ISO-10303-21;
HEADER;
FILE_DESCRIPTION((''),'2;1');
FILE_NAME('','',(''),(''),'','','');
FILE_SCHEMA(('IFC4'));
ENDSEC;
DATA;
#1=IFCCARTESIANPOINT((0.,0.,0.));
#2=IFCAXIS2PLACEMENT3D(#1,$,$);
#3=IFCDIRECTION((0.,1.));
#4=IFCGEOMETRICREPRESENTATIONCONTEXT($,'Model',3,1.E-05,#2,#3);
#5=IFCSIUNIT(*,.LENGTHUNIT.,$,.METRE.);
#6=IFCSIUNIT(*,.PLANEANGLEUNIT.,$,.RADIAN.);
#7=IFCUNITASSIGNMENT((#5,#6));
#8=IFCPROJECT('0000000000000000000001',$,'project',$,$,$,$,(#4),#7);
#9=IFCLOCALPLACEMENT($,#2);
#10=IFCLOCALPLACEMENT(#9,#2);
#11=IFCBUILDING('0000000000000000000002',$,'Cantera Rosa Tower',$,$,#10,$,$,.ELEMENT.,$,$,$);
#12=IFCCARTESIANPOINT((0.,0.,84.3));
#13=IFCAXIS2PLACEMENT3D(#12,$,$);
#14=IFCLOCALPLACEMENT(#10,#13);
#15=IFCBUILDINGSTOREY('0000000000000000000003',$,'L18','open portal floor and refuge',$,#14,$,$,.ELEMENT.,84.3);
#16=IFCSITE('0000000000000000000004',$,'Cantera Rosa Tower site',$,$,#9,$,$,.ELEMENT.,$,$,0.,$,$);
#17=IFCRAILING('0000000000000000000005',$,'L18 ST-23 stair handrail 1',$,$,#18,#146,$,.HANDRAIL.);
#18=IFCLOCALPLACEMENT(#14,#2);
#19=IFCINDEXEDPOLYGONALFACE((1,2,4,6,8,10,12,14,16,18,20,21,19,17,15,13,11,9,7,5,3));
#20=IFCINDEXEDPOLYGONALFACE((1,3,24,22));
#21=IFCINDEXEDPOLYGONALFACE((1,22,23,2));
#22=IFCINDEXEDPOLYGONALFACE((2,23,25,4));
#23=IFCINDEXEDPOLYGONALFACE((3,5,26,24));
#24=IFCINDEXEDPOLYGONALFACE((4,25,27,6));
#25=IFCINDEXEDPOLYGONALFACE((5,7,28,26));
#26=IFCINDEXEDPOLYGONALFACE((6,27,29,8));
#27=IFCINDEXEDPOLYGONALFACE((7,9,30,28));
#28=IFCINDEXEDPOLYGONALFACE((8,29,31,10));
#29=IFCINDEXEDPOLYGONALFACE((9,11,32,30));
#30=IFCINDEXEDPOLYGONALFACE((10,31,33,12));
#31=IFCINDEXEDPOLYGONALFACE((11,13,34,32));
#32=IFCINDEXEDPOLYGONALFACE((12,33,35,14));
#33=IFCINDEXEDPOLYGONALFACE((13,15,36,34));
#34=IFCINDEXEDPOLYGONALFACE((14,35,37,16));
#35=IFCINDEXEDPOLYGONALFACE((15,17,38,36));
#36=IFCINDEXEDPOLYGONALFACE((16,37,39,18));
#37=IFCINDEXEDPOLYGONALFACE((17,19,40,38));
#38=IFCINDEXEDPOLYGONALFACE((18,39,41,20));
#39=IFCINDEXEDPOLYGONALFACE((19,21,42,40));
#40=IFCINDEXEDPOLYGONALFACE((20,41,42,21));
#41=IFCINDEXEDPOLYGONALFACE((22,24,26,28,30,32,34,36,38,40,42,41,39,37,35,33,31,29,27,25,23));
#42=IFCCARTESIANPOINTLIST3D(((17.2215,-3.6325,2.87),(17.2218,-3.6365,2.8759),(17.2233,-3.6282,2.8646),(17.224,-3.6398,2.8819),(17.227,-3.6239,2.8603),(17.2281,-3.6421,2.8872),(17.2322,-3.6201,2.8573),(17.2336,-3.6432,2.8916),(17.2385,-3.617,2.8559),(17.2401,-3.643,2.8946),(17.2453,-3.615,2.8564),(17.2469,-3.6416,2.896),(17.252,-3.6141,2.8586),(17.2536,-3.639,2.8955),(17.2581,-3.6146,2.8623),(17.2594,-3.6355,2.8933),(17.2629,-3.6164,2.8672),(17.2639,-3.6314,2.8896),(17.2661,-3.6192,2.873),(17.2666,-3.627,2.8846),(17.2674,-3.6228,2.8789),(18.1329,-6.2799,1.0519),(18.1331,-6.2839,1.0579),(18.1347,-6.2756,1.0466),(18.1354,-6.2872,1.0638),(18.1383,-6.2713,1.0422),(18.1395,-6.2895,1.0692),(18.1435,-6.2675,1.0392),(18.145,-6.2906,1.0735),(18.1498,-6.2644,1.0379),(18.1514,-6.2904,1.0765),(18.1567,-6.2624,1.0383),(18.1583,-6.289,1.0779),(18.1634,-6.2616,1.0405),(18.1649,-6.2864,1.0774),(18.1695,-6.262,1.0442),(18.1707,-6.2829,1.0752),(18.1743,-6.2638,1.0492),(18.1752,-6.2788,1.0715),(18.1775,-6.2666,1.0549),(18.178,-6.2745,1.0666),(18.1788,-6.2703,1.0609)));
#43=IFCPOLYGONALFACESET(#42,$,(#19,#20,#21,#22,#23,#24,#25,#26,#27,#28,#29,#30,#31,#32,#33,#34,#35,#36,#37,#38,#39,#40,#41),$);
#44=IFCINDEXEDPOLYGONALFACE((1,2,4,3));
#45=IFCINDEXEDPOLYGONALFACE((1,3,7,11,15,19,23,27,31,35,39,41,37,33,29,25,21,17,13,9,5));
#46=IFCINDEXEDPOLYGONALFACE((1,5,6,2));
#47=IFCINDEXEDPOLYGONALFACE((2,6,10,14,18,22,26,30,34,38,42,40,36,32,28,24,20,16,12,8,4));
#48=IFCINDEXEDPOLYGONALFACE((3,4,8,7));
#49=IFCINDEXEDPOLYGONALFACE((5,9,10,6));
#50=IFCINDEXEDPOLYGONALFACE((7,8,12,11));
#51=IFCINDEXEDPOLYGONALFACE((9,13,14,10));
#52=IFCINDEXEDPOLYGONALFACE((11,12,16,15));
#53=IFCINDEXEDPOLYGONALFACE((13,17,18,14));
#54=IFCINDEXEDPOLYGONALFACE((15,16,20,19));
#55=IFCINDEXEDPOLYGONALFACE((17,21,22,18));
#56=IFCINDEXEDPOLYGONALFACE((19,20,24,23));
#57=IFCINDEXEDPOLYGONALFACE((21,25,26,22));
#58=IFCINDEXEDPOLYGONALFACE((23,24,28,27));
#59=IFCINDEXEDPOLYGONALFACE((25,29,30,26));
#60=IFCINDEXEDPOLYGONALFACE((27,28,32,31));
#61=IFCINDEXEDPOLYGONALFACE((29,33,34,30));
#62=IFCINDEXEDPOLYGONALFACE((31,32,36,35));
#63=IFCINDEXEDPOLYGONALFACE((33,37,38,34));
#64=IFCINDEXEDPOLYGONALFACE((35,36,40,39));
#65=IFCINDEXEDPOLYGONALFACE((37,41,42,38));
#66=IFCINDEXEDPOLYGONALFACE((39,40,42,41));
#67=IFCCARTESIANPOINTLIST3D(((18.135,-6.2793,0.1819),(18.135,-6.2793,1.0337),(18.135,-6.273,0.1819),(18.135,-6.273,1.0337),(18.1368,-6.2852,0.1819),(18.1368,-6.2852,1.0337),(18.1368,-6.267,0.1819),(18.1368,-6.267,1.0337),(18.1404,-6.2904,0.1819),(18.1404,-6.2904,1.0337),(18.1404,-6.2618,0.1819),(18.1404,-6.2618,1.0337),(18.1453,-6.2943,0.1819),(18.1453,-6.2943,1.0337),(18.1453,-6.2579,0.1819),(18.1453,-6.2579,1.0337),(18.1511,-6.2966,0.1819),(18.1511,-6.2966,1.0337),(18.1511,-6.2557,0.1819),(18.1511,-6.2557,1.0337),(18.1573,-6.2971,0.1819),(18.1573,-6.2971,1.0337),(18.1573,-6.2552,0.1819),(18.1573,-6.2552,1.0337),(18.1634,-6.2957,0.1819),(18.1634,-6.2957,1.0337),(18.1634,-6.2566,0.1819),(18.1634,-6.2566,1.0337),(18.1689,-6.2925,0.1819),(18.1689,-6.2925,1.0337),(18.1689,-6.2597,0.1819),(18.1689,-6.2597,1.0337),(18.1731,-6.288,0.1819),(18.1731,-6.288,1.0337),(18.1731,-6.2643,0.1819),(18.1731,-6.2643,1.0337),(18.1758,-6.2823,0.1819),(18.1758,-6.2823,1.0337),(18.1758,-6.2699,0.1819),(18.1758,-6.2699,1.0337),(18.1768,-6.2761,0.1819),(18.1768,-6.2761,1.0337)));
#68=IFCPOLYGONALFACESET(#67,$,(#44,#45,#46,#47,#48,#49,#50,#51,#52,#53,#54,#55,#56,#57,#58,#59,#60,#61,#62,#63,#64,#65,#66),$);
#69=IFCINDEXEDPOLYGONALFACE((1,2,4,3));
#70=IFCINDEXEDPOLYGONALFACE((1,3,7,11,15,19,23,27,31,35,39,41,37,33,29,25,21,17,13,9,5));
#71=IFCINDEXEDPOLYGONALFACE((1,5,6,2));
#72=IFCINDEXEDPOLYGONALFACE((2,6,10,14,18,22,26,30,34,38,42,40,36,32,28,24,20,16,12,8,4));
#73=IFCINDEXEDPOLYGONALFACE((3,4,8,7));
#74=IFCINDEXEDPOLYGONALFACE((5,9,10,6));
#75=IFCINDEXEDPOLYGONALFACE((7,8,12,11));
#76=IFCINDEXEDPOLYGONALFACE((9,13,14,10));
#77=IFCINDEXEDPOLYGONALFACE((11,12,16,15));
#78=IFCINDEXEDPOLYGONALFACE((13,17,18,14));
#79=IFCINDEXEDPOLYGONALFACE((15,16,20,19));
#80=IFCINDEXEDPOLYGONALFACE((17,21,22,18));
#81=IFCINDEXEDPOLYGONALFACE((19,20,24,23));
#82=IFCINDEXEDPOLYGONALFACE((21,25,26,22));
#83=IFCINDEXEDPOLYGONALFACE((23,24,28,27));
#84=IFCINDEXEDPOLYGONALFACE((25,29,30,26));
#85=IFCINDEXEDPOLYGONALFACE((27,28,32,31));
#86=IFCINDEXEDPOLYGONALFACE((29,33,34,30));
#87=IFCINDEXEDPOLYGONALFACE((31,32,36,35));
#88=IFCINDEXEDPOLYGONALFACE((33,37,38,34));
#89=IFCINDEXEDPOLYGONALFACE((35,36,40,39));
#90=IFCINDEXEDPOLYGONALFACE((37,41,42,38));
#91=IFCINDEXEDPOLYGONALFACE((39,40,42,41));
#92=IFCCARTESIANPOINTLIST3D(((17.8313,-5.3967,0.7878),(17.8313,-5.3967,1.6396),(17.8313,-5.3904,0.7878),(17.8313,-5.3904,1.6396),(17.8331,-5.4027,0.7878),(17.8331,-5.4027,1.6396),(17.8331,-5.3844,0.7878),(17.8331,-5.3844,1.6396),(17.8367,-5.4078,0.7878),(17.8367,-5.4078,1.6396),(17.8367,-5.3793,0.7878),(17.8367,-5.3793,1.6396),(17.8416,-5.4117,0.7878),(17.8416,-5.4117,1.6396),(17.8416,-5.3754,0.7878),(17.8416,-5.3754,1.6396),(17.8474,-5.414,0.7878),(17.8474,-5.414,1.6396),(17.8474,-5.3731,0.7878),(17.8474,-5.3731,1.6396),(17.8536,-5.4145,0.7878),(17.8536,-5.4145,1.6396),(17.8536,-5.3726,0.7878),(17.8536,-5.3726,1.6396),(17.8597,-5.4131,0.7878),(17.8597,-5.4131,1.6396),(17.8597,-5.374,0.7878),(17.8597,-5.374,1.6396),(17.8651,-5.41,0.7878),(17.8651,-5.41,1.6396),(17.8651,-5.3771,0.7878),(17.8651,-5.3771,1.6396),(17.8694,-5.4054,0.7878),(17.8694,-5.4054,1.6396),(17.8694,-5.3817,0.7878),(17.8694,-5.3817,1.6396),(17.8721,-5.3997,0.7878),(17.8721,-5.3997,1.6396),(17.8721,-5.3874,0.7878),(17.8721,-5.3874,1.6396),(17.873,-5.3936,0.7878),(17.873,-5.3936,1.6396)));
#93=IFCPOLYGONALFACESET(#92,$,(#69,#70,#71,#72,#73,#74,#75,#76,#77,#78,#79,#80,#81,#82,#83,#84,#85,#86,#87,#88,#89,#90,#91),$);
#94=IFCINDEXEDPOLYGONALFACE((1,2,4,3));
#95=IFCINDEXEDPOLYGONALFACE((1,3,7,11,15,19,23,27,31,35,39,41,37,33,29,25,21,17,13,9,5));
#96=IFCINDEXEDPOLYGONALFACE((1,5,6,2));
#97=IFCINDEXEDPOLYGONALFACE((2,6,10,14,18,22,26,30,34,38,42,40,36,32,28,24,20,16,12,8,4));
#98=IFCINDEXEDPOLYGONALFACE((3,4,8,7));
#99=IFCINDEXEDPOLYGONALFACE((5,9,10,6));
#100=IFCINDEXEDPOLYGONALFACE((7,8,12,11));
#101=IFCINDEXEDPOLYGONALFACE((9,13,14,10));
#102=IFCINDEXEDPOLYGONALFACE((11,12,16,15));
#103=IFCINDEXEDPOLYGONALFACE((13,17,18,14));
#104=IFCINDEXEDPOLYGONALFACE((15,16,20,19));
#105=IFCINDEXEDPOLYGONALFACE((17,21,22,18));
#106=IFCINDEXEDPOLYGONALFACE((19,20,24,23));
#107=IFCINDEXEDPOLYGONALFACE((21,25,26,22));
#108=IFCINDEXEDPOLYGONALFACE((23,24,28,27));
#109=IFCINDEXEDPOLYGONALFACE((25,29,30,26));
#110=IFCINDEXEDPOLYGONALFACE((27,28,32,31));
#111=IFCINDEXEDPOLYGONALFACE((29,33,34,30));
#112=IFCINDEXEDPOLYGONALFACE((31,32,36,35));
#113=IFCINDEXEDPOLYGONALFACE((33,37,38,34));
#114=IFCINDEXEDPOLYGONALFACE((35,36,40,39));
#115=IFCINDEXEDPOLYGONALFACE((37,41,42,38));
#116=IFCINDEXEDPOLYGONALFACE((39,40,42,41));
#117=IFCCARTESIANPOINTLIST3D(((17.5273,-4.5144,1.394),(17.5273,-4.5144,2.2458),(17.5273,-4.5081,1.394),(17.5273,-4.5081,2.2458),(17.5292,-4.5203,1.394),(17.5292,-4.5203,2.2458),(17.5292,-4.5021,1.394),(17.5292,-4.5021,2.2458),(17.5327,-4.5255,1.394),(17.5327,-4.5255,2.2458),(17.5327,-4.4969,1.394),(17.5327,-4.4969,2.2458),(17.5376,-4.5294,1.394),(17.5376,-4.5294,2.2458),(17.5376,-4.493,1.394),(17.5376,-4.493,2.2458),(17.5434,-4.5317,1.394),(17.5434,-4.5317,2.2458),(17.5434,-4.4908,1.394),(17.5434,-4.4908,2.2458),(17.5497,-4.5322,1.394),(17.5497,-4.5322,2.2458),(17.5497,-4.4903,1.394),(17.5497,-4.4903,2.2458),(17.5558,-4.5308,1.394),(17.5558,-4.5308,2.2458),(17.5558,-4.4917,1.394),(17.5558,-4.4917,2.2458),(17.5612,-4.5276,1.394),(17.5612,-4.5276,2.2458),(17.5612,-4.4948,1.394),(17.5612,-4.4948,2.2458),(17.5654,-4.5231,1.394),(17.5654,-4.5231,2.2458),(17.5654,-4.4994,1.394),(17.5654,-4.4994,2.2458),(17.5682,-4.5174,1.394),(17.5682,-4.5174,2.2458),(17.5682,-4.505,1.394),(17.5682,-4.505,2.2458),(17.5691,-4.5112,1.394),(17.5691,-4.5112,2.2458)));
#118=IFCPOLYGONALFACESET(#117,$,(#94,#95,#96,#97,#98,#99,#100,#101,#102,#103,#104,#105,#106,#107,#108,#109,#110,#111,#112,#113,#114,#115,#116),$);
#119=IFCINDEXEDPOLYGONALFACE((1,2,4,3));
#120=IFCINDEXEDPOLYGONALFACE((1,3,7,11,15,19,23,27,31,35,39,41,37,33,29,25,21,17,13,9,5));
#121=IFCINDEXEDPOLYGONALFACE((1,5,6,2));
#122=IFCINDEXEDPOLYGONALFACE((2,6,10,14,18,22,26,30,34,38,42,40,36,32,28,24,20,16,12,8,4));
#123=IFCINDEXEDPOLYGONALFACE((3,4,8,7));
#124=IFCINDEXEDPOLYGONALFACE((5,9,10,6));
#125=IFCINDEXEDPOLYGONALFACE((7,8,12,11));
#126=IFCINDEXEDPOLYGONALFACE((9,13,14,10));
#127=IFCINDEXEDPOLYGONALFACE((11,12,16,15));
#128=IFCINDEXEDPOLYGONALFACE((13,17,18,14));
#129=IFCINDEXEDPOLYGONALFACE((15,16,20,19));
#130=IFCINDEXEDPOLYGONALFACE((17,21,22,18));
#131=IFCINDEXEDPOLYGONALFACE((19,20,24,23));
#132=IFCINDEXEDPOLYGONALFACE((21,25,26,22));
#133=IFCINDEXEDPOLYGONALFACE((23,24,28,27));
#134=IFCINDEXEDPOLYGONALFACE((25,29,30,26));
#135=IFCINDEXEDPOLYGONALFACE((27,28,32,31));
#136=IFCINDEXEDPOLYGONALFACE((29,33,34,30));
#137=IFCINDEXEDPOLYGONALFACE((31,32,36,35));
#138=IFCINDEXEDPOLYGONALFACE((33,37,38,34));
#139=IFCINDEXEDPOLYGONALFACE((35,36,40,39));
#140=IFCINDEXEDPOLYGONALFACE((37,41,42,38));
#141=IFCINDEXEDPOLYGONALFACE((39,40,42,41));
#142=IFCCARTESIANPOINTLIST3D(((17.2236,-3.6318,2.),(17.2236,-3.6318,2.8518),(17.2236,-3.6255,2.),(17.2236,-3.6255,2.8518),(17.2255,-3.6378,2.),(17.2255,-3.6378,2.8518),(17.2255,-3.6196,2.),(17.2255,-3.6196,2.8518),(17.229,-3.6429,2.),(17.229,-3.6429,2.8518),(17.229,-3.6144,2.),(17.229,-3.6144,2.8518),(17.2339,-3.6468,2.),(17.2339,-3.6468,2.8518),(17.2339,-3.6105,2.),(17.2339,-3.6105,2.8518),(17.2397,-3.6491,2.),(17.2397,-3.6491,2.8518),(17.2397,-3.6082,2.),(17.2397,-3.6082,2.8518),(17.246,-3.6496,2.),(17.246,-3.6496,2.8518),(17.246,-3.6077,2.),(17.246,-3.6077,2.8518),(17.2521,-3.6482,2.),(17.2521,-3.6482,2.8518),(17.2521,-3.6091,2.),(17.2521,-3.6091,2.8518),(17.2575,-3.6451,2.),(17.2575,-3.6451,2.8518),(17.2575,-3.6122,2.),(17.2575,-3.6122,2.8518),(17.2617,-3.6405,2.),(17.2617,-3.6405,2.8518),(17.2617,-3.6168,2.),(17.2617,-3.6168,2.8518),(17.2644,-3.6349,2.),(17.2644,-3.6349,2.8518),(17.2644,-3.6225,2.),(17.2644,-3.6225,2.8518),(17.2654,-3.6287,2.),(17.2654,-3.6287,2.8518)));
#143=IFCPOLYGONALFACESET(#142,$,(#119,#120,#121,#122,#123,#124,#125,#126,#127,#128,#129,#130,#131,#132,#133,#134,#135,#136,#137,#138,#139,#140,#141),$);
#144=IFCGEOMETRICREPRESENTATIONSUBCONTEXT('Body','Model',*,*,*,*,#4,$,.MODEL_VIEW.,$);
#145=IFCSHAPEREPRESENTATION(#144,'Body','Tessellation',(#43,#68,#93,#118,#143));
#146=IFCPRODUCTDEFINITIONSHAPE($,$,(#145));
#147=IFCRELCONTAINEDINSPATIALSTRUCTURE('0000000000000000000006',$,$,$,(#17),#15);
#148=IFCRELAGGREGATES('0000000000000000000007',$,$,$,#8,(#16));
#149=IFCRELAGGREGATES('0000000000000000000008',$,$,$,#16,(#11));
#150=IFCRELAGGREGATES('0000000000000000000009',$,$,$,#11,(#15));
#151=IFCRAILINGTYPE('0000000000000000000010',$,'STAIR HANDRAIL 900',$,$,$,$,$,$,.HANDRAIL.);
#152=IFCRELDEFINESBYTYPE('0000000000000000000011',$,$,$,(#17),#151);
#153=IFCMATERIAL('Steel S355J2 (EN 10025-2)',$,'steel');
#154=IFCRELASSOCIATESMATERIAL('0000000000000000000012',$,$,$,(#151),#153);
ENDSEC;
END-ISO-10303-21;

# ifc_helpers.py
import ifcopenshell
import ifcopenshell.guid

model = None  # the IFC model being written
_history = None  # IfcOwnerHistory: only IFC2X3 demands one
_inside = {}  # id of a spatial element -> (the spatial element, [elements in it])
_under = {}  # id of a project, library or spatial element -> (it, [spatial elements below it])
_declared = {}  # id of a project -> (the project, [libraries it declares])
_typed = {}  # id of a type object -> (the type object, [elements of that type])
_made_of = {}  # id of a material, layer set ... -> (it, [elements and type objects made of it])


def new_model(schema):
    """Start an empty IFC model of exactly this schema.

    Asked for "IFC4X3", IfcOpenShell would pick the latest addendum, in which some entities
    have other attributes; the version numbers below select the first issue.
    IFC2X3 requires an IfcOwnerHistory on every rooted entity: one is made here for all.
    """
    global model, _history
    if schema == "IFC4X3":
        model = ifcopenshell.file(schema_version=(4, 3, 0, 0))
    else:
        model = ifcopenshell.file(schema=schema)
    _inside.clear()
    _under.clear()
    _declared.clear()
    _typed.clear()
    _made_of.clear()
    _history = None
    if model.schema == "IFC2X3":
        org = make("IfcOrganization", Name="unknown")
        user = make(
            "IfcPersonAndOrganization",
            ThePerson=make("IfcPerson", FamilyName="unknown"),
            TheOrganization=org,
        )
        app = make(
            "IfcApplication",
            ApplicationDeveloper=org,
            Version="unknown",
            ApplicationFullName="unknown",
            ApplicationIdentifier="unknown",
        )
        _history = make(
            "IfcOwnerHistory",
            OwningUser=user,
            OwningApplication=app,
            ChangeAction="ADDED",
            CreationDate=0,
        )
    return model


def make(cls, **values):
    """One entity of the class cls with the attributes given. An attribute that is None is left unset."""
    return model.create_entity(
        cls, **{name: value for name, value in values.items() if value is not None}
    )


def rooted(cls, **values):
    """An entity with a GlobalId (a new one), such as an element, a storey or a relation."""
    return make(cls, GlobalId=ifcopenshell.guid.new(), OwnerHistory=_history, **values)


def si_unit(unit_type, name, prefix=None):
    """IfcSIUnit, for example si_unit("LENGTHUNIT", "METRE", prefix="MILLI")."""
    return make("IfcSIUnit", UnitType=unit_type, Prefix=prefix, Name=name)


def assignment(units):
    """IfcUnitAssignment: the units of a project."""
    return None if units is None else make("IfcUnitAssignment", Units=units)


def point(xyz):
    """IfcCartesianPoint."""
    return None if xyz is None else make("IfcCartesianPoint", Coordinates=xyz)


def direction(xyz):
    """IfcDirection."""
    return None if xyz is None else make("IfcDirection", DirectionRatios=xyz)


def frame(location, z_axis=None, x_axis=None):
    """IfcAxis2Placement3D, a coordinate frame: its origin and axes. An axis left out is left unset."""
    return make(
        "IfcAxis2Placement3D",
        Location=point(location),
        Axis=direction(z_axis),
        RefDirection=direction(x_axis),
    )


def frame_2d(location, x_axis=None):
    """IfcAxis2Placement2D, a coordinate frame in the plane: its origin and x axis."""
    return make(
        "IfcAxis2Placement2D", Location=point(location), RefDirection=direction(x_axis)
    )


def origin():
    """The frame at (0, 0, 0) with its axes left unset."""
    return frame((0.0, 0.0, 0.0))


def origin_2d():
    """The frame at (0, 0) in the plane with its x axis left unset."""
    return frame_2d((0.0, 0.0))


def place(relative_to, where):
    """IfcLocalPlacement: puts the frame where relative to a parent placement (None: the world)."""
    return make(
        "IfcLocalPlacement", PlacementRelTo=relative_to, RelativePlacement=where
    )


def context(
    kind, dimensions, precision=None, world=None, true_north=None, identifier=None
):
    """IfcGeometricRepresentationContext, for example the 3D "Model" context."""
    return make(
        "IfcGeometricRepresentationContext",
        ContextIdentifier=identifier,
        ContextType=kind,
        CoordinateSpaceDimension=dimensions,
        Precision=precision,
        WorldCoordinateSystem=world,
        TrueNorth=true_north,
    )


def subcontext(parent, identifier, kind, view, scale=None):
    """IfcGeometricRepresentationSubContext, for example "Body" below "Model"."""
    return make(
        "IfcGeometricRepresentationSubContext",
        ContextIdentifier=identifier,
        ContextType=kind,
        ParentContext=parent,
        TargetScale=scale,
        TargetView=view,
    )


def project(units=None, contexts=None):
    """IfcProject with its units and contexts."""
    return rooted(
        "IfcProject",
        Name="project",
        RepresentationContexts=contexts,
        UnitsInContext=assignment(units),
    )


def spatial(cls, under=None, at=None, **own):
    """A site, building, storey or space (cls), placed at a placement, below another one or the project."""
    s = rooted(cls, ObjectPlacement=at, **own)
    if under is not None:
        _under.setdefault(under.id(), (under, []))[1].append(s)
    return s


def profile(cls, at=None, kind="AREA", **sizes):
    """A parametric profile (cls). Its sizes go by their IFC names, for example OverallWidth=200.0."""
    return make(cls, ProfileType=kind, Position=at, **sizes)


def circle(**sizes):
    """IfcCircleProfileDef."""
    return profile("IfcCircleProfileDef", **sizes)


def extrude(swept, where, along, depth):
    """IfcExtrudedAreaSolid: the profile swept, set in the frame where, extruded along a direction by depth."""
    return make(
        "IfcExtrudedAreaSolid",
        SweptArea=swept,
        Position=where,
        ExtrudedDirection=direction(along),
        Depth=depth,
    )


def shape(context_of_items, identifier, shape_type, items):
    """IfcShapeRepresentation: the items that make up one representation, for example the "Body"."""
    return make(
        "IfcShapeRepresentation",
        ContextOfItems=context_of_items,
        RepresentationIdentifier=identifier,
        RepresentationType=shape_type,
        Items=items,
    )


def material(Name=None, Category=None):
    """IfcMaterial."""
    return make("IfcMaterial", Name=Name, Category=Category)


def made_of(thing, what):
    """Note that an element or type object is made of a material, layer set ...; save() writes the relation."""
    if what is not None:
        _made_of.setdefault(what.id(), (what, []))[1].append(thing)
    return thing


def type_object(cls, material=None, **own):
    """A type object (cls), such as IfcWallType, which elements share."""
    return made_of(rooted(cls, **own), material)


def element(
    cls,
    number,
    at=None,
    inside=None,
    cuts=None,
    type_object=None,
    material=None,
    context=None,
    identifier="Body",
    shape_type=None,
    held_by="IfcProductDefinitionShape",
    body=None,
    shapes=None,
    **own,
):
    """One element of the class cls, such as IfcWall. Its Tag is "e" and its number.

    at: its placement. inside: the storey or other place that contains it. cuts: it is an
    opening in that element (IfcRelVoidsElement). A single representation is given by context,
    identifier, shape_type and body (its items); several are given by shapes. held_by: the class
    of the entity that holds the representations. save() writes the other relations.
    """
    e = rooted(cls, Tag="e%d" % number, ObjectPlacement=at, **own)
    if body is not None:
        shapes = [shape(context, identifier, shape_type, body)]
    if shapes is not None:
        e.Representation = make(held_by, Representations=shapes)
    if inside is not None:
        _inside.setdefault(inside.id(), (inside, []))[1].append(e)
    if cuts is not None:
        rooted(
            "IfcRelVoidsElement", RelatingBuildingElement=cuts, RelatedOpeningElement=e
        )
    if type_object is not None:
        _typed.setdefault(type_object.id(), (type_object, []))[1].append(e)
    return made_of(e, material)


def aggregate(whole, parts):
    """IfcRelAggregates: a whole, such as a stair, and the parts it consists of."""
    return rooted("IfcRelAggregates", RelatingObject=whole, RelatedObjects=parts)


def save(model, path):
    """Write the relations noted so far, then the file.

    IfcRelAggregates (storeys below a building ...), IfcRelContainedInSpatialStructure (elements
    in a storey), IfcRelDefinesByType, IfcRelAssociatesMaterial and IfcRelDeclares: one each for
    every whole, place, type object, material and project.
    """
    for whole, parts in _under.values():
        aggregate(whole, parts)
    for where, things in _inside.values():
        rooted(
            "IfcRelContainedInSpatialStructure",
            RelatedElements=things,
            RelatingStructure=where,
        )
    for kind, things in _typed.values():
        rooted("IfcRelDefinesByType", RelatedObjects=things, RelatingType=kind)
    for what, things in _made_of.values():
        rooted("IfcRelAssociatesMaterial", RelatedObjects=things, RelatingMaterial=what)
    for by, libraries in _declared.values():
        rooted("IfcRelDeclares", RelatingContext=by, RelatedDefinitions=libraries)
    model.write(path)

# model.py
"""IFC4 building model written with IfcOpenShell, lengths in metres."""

from ifc_helpers import new_model, si_unit, direction, frame, origin, origin_2d, place, context, subcontext, project, spatial, circle, extrude, material, type_object, element, save


model = new_model("IFC4")

# Units and contexts
model_context = context("Model", 3, precision=1e-05, world=origin(), true_north=direction((0.0, 1.0)))
body_context = subcontext(model_context, "Body", "Model", "MODEL_VIEW")
ifc_project = project(units=[si_unit("LENGTHUNIT", "METRE"), si_unit("PLANEANGLEUNIT", "RADIAN")], contexts=[model_context])

# Site, building, storey
site_placement = place(None, origin())
site = spatial("IfcSite", under=ifc_project, at=site_placement, Name="Cantera Rosa Tower site", CompositionType="ELEMENT", RefElevation=0.0)
building_placement = place(site_placement, origin())
building = spatial("IfcBuilding", under=site, at=building_placement, Name="Cantera Rosa Tower", CompositionType="ELEMENT")
storey_placement = place(building_placement, frame((0.0, 0.0, 84.3)))
storey = spatial("IfcBuildingStorey", under=building, at=storey_placement, Name="L18", Description="open portal floor and refuge", CompositionType="ELEMENT", Elevation=84.3)

# Railing
ifc_material_1 = material(Name="Steel S355J2 (EN 10025-2)", Category="steel")
railing_type_1 = type_object("IfcRailingType", Name="STAIR HANDRAIL 900", PredefinedType="HANDRAIL", material=ifc_material_1)
for number, where, name in (
    (1, (18.1558, -6.2761, 0.1819), "L18 ST-23 stair handrail 1"),
):
    element("IfcRailing", number, at=place(storey_placement, frame(where)), inside=storey, type_object=railing_type_1, Name=name, PredefinedType="HANDRAIL", context=body_context, shape_type="SweptSolid", body=[
        extrude(circle(Radius=0.0239, at=origin_2d()), frame((0.0, 0.0, 0.876), z_axis=(-0.272995, 0.793023, 0.5446), x_axis=(-0.945542, -0.325499, 0.0)), (0.0, 0.0, 1.0), 3.3384),
        extrude(circle(Radius=0.021, at=origin_2d()), origin(), (0.0, 0.0, 1.0), 0.8518),
        extrude(circle(Radius=0.021, at=origin_2d()), frame((-0.3037, 0.8826, 0.606)), (0.0, 0.0, 1.0), 0.8518),
        extrude(circle(Radius=0.021, at=origin_2d()), frame((-0.6077, 1.7649, 1.2122)), (0.0, 0.0, 1.0), 0.8518),
        extrude(circle(Radius=0.021, at=origin_2d()), frame((-0.9114, 2.6475, 1.8181)), (0.0, 0.0, 1.0), 0.8518),
    ])

save(model, "model.ifc")
